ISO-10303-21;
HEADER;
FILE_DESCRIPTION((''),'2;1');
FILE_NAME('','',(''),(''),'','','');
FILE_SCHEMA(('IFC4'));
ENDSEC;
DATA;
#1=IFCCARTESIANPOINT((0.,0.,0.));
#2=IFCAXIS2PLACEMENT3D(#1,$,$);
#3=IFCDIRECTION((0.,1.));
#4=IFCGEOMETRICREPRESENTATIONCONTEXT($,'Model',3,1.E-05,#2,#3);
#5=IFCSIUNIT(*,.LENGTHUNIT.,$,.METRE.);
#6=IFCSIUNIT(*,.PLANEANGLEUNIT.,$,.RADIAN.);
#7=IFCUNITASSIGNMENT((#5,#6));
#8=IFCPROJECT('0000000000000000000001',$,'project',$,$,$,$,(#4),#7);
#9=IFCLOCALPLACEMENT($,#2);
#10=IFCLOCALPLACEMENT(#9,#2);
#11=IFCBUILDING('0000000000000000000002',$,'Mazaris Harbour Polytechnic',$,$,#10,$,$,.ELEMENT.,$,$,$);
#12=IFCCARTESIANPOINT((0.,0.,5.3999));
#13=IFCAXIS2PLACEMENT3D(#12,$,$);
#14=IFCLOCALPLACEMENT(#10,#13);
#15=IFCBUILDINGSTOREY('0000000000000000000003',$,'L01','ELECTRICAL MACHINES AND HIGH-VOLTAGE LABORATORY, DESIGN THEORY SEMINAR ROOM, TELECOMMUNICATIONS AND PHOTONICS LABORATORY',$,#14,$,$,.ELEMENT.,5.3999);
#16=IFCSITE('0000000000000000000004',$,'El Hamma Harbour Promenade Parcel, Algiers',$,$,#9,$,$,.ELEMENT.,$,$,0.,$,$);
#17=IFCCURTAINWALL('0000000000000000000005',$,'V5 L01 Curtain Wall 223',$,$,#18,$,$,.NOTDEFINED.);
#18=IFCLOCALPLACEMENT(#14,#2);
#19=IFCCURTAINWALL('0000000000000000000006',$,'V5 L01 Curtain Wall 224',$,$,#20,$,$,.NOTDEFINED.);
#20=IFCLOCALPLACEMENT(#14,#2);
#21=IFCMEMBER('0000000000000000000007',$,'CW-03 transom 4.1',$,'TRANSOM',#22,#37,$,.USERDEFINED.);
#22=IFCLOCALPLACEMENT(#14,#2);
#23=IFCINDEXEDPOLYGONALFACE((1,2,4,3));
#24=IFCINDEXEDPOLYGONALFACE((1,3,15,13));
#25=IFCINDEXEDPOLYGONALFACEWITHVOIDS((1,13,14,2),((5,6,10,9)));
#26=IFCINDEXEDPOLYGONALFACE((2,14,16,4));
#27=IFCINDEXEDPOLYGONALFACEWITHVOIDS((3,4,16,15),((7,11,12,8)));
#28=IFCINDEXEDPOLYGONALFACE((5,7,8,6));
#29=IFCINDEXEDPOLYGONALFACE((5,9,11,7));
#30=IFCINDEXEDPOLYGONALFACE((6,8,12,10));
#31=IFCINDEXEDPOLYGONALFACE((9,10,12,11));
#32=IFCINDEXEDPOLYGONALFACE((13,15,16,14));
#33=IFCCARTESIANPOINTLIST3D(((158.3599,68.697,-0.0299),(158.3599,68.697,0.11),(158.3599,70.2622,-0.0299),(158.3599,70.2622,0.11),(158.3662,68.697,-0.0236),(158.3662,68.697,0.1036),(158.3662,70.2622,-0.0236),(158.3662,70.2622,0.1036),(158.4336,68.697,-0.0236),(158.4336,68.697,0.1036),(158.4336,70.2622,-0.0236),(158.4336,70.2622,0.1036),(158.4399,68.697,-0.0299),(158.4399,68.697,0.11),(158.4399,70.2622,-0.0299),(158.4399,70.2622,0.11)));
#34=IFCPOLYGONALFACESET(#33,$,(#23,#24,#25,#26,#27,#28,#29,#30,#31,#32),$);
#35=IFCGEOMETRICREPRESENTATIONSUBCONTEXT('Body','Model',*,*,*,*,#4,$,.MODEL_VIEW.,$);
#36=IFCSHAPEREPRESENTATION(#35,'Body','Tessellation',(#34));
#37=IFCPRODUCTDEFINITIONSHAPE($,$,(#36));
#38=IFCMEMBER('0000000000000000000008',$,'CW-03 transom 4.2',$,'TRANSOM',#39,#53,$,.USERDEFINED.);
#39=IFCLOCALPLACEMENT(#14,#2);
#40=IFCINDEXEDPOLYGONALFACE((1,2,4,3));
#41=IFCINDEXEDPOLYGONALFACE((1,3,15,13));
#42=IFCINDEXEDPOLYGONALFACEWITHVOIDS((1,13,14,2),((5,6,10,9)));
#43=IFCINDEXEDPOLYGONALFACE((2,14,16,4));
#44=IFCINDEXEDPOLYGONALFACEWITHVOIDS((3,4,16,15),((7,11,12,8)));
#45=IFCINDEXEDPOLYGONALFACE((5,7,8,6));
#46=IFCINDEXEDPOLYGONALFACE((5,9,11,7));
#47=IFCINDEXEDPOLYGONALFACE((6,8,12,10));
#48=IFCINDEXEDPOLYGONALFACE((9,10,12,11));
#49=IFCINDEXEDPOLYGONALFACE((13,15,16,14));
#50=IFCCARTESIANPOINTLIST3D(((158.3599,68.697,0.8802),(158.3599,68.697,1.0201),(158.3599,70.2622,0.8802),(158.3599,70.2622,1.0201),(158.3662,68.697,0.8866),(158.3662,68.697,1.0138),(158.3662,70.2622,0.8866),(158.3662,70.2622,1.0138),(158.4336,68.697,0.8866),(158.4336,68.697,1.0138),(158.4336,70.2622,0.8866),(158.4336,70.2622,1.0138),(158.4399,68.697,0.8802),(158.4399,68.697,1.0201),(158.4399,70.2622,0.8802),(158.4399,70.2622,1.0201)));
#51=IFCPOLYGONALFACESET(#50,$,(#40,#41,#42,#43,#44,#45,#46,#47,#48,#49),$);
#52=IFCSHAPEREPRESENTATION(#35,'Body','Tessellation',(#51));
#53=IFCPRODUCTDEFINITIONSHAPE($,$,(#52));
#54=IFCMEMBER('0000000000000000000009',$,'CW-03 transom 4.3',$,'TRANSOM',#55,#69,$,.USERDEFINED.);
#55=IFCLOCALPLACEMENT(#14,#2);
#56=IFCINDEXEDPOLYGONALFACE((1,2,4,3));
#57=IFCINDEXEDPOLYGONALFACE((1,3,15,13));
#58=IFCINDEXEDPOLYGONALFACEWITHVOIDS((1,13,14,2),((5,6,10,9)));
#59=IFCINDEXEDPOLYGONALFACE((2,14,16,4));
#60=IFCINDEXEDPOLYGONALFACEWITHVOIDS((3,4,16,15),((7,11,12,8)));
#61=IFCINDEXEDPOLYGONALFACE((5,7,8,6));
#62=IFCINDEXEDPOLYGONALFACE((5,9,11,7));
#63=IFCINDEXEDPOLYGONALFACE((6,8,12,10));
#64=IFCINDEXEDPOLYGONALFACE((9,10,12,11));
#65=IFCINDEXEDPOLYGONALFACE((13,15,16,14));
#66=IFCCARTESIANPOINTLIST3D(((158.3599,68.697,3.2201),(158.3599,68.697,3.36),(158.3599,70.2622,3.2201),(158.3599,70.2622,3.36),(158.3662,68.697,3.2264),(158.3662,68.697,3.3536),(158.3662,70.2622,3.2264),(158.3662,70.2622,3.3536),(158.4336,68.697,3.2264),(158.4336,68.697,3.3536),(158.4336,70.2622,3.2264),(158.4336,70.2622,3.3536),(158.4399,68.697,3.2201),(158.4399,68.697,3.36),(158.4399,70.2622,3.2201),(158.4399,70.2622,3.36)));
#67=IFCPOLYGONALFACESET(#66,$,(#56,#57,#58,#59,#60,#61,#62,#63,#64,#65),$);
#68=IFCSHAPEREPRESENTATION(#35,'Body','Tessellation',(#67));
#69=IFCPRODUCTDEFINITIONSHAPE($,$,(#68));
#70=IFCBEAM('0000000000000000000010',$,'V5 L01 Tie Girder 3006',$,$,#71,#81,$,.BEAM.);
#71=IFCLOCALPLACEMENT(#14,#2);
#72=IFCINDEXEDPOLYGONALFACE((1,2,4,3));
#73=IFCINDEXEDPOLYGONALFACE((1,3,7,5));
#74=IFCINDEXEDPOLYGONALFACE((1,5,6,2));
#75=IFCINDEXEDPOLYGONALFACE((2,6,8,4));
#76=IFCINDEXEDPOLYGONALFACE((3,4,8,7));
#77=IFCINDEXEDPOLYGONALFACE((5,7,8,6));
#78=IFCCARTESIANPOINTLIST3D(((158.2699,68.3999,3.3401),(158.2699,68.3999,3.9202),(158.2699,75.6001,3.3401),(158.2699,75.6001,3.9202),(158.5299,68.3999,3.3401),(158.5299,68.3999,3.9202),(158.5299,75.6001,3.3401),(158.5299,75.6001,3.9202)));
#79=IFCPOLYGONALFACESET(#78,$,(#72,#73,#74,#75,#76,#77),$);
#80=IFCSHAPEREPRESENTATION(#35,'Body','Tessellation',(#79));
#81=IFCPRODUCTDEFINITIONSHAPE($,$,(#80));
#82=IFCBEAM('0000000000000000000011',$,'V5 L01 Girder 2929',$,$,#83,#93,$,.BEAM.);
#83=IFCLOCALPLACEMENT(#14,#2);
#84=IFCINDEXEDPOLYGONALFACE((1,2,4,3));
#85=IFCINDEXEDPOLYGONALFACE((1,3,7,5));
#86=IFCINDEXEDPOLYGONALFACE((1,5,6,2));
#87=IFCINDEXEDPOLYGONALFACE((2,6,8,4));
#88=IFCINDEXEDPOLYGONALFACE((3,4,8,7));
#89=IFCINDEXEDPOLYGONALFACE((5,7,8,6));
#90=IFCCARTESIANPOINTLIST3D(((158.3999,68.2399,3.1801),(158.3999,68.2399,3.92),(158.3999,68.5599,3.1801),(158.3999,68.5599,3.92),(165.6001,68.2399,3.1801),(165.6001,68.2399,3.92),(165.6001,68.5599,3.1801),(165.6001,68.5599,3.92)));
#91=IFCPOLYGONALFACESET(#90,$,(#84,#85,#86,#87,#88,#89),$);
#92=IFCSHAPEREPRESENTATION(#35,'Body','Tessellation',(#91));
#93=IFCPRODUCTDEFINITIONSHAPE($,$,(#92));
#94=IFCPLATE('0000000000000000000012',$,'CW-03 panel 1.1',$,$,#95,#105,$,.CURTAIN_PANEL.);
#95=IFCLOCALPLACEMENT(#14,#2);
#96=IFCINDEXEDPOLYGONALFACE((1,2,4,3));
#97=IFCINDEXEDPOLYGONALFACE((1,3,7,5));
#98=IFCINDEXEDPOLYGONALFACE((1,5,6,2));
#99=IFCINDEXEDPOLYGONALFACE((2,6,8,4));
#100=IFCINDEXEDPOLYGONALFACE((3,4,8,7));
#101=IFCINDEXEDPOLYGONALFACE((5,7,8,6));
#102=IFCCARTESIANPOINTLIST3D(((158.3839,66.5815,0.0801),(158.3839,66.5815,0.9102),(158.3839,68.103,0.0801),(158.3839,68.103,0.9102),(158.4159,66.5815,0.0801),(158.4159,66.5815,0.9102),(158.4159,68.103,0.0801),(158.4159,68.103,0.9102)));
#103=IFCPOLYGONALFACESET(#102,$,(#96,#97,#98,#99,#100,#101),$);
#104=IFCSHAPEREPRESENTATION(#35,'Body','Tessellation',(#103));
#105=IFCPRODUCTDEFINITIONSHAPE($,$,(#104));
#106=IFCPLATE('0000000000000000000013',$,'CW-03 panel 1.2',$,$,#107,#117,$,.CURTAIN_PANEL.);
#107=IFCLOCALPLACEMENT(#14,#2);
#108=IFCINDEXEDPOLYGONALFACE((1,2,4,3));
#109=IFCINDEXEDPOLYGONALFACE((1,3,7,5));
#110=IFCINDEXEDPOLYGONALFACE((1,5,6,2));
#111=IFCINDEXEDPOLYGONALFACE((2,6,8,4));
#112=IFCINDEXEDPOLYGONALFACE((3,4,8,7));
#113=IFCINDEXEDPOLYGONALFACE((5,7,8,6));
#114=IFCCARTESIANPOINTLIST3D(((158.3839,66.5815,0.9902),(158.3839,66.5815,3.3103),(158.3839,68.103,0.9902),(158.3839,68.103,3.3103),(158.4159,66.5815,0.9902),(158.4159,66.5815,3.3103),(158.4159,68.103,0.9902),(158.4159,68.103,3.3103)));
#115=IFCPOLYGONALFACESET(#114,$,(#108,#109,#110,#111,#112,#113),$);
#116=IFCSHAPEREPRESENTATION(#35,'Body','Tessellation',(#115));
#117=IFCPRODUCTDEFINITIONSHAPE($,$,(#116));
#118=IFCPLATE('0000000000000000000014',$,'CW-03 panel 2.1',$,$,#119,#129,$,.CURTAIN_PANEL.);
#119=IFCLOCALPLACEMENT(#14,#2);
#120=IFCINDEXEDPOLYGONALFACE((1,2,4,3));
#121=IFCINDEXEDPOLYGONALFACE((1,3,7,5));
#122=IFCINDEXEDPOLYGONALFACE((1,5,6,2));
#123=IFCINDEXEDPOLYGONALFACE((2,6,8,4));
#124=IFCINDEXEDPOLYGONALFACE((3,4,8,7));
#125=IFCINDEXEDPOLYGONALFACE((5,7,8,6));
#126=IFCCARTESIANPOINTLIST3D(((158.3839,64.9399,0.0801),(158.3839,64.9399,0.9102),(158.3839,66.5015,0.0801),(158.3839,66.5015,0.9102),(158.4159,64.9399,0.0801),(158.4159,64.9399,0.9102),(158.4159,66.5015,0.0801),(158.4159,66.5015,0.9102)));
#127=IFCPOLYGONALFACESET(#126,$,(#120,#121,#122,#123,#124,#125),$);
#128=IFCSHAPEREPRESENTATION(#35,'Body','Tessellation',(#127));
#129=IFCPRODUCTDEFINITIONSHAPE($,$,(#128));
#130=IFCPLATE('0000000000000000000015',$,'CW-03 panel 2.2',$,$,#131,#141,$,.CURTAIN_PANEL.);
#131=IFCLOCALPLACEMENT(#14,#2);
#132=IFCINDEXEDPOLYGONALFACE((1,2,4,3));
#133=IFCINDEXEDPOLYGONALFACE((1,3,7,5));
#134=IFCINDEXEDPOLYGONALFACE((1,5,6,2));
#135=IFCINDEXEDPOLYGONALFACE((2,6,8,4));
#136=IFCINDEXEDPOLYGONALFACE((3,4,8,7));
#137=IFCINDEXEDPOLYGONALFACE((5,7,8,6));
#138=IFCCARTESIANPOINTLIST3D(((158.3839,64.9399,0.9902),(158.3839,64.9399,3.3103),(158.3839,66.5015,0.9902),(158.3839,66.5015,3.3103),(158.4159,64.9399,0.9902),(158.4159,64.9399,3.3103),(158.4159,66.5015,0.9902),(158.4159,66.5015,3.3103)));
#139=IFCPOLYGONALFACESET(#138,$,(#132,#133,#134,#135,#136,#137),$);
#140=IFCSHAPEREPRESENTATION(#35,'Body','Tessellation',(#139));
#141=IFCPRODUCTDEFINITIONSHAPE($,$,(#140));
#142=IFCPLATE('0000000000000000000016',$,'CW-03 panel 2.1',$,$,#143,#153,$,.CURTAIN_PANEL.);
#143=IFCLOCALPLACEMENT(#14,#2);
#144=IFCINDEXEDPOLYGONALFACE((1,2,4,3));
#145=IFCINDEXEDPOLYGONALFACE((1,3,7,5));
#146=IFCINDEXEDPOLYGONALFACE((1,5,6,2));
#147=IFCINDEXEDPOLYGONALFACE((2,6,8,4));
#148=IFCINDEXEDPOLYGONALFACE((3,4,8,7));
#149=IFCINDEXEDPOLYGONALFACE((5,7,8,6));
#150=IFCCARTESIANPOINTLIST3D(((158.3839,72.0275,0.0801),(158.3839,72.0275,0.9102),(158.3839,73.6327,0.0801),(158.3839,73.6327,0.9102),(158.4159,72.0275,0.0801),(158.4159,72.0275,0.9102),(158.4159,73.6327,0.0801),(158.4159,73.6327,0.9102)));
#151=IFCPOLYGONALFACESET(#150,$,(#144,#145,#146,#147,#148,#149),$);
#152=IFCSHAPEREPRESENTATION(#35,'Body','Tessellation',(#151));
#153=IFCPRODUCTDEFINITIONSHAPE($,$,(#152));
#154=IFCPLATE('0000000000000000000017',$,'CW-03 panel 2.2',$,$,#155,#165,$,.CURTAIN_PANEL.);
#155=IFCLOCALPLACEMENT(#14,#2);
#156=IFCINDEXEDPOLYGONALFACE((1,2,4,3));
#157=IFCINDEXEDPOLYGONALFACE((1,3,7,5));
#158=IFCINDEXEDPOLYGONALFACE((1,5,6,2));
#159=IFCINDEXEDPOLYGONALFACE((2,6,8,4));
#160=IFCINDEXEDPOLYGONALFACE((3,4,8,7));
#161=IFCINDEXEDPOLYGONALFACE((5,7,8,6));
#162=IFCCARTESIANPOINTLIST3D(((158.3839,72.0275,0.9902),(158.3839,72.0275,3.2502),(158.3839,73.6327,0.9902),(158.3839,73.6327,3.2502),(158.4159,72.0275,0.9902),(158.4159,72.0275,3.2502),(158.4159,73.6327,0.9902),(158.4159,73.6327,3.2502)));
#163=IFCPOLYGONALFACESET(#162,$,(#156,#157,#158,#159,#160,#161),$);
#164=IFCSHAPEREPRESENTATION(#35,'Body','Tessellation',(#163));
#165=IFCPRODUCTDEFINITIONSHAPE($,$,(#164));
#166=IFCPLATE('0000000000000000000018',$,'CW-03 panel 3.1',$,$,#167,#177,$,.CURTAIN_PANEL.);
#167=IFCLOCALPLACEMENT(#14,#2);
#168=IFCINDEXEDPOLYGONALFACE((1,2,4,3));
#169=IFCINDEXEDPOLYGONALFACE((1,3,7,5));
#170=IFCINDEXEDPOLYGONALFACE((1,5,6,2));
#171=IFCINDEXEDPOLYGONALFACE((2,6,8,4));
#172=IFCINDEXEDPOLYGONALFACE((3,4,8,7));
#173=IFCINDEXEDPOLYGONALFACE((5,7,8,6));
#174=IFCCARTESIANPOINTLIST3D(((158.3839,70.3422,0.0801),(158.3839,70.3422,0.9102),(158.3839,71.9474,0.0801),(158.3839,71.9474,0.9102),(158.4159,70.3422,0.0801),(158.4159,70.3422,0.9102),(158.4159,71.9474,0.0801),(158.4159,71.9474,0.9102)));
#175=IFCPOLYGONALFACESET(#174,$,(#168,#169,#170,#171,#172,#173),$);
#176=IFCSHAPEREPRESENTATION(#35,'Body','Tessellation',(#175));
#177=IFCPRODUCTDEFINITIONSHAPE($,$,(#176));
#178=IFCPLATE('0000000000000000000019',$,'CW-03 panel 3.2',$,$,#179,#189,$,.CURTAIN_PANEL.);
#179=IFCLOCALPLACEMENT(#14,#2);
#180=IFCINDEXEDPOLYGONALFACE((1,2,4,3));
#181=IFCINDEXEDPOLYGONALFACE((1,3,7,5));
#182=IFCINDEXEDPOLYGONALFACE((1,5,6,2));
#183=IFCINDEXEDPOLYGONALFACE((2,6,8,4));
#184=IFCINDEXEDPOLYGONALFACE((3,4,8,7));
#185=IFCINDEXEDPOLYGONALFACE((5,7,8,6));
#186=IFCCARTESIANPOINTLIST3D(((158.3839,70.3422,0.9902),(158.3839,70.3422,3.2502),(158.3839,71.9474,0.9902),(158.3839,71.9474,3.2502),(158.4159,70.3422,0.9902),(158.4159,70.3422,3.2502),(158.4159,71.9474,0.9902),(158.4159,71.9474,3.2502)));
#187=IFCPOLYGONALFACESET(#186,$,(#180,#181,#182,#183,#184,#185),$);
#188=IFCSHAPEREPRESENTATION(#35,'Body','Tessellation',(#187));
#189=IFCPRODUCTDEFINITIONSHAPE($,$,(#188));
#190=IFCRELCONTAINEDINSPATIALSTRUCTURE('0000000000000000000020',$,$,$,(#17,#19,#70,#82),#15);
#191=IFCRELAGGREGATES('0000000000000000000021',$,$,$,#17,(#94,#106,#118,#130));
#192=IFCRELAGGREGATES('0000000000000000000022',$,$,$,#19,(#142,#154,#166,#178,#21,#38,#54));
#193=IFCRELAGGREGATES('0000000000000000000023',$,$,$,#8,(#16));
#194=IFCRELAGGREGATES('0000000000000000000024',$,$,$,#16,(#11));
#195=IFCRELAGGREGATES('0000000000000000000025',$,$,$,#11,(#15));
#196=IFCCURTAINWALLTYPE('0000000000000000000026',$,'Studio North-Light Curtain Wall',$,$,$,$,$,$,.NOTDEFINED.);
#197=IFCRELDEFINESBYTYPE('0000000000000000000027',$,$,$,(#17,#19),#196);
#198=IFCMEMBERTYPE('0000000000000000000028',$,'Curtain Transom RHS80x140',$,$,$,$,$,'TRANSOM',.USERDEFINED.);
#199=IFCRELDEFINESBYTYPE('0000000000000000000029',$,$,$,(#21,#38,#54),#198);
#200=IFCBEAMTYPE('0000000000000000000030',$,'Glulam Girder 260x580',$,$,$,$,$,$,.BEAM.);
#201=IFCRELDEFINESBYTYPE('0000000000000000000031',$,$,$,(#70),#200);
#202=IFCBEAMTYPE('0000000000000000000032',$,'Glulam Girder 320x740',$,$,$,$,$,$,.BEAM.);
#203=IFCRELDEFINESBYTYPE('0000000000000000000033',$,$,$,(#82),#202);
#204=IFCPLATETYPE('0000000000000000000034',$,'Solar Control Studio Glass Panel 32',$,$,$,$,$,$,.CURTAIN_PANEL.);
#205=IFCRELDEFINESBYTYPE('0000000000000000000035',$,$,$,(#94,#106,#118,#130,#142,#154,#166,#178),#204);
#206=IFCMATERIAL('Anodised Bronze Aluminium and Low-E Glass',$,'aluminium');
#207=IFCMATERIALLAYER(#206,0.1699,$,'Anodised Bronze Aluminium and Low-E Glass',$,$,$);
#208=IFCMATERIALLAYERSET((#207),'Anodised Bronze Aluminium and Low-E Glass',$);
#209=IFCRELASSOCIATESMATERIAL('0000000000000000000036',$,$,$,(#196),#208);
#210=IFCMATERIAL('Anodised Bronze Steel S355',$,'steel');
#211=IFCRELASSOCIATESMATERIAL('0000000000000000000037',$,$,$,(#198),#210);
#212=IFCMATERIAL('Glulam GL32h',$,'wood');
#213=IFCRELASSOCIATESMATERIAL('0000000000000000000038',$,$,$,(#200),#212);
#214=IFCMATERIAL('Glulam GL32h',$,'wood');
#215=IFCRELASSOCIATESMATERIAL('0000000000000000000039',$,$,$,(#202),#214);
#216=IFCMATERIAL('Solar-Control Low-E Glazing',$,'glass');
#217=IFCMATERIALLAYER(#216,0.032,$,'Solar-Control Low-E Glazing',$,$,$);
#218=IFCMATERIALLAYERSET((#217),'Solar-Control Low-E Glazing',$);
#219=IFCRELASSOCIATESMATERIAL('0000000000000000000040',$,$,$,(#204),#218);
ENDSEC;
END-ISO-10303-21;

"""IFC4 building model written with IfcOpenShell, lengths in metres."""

from ifc_helpers import new_model, si_unit, direction, frame, origin, origin_2d, place, context, subcontext, project, spatial, rectangle, hollow_rectangle, extrude, material, layer, layer_set, material_profile, profile_set, type_object, element, aggregate, save


model = new_model("IFC4")

# Units and contexts
model_context = context("Model", 3, precision=1e-05, world=origin(), true_north=direction((0.0, 1.0)))
body_context = subcontext(model_context, "Body", "Model", "MODEL_VIEW")
ifc_project = project(units=[si_unit("LENGTHUNIT", "METRE"), si_unit("PLANEANGLEUNIT", "RADIAN")], contexts=[model_context])

# Site, building, storey
site_placement = place(None, origin())
site = spatial("IfcSite", under=ifc_project, at=site_placement, Name="El Hamma Harbour Promenade Parcel, Algiers", CompositionType="ELEMENT", RefElevation=0.0)
building_placement = place(site_placement, origin())
building = spatial("IfcBuilding", under=site, at=building_placement, Name="Mazaris Harbour Polytechnic", CompositionType="ELEMENT")
storey_placement = place(building_placement, frame((0.0, 0.0, 5.3999)))
storey = spatial("IfcBuildingStorey", under=building, at=storey_placement, Name="L01", Description="ELECTRICAL MACHINES AND HIGH-VOLTAGE LABORATORY, DESIGN THEORY SEMINAR ROOM, TELECOMMUNICATIONS AND PHOTONICS LABORATORY", CompositionType="ELEMENT", Elevation=5.3999)

# Curtain walls
ifc_material_1 = material(Name="Anodised Bronze Aluminium and Low-E Glass", Category="aluminium")
ifc_layer_1 = layer(ifc_material_1, 0.1699, Name="Anodised Bronze Aluminium and Low-E Glass")
ifc_layer_set_1 = layer_set([ifc_layer_1], Name="Anodised Bronze Aluminium and Low-E Glass")
curtain_wall_type = type_object("IfcCurtainWallType", Name="Studio North-Light Curtain Wall", PredefinedType="NOTDEFINED", material=ifc_layer_set_1)
curtain_wall_1_placement = place(storey_placement, origin())
curtain_wall_1 = element("IfcCurtainWall", 1, at=curtain_wall_1_placement, inside=storey, type_object=curtain_wall_type, Name="V5 L01 Curtain Wall 223", PredefinedType="NOTDEFINED")
curtain_wall_2_placement = place(storey_placement, origin())
curtain_wall_2 = element("IfcCurtainWall", 2, at=curtain_wall_2_placement, inside=storey, type_object=curtain_wall_type, Name="V5 L01 Curtain Wall 224", PredefinedType="NOTDEFINED")

# Members
ifc_material_2 = material(Name="Anodised Bronze Steel S355", Category="steel")
ifc_material_profile_1 = material_profile(ifc_material_2, hollow_rectangle(XDim=0.0801, YDim=0.1399, WallThickness=0.0063, at=origin_2d()), Name="RHS 80x140x6.3")
ifc_profile_set_1 = profile_set([ifc_material_profile_1], Name="Anodised Bronze Steel S355")
member_type_1 = type_object("IfcMemberType", Name="Curtain Transom RHS80x140", ElementType="TRANSOM", PredefinedType="USERDEFINED", material=ifc_profile_set_1)
member_1_placement = place(storey_placement, frame((158.3999, 70.2622, 0.04), z_axis=(0.0, -1.0, 0.0), x_axis=(1.0, 0.0, 0.0)))
member_1 = element("IfcMember", 3, at=member_1_placement, type_object=member_type_1, Name="CW-03 transom 4.1", ObjectType="TRANSOM", PredefinedType="USERDEFINED", context=body_context, shape_type="SweptSolid", body=[
    extrude(hollow_rectangle(XDim=0.0801, YDim=0.1399, WallThickness=0.0063, at=origin_2d()), origin(), (0.0, 0.0, 1.0), 1.5652),
])
member_2_placement = place(storey_placement, frame((158.3999, 70.2622, 0.9502), z_axis=(0.0, -1.0, 0.0), x_axis=(1.0, 0.0, 0.0)))
member_2 = element("IfcMember", 4, at=member_2_placement, type_object=member_type_1, Name="CW-03 transom 4.2", ObjectType="TRANSOM", PredefinedType="USERDEFINED", context=body_context, shape_type="SweptSolid", body=[
    extrude(hollow_rectangle(XDim=0.0801, YDim=0.1399, WallThickness=0.0063, at=origin_2d()), origin(), (0.0, 0.0, 1.0), 1.5652),
])
member_3_placement = place(storey_placement, frame((158.3999, 70.2622, 3.29), z_axis=(0.0, -1.0, 0.0), x_axis=(1.0, 0.0, 0.0)))
member_3 = element("IfcMember", 5, at=member_3_placement, type_object=member_type_1, Name="CW-03 transom 4.3", ObjectType="TRANSOM", PredefinedType="USERDEFINED", context=body_context, shape_type="SweptSolid", body=[
    extrude(hollow_rectangle(XDim=0.0801, YDim=0.1399, WallThickness=0.0063, at=origin_2d()), origin(), (0.0, 0.0, 1.0), 1.5652),
])

# Beams
ifc_material_3 = material(Name="Glulam GL32h", Category="wood")
ifc_material_profile_2 = material_profile(ifc_material_3, rectangle(XDim=0.26, YDim=0.5801, at=origin_2d()), Name="RECT260x580")
ifc_profile_set_2 = profile_set([ifc_material_profile_2], Name="Glulam GL32h")
beam_type_1 = type_object("IfcBeamType", Name="Glulam Girder 260x580", PredefinedType="BEAM", material=ifc_profile_set_2)
beam_1_placement = place(storey_placement, frame((158.3999, 68.3999, 3.6301), z_axis=(0.0, 1.0, 0.0), x_axis=(-1.0, 0.0, 0.0)))
element("IfcBeam", 6, at=beam_1_placement, inside=storey, type_object=beam_type_1, Name="V5 L01 Tie Girder 3006", PredefinedType="BEAM", context=body_context, shape_type="SweptSolid", body=[
    extrude(rectangle(XDim=0.26, YDim=0.5801, at=origin_2d()), origin(), (0.0, 0.0, 1.0), 7.2002),
])
ifc_material_4 = material(Name="Glulam GL32h", Category="wood")
ifc_material_profile_3 = material_profile(ifc_material_4, rectangle(XDim=0.3201, YDim=0.74, at=origin_2d()), Name="RECT320x740")
ifc_profile_set_3 = profile_set([ifc_material_profile_3], Name="Glulam GL32h")
beam_type_2 = type_object("IfcBeamType", Name="Glulam Girder 320x740", PredefinedType="BEAM", material=ifc_profile_set_3)
beam_2_placement = place(storey_placement, frame((158.3999, 68.3999, 3.55), z_axis=(1.0, 0.0, 0.0), x_axis=(0.0, 1.0, 0.0)))
element("IfcBeam", 7, at=beam_2_placement, inside=storey, type_object=beam_type_2, Name="V5 L01 Girder 2929", PredefinedType="BEAM", context=body_context, shape_type="SweptSolid", body=[
    extrude(rectangle(XDim=0.3201, YDim=0.74, at=origin_2d()), origin(), (0.0, 0.0, 1.0), 7.2002),
])

# Plates
ifc_material_5 = material(Name="Solar-Control Low-E Glazing", Category="glass")
ifc_layer_2 = layer(ifc_material_5, 0.032, Name="Solar-Control Low-E Glazing")
ifc_layer_set_2 = layer_set([ifc_layer_2], Name="Solar-Control Low-E Glazing")
plate_type = type_object("IfcPlateType", Name="Solar Control Studio Glass Panel 32", PredefinedType="CURTAIN_PANEL", material=ifc_layer_set_2)
plate_1_placement = place(storey_placement, frame((158.3999, 67.3423, 0.0801), z_axis=(0.0, 0.0, 1.0), x_axis=(0.0, -1.0, 0.0)))
plate_1 = element("IfcPlate", 8, at=plate_1_placement, type_object=plate_type, Name="CW-03 panel 1.1", PredefinedType="CURTAIN_PANEL", context=body_context, shape_type="SweptSolid", body=[
    extrude(rectangle(XDim=1.5215, YDim=0.032, at=origin_2d()), origin(), (0.0, 0.0, 1.0), 0.8301),
])
plate_2_placement = place(storey_placement, frame((158.3999, 67.3423, 0.9902), z_axis=(0.0, 0.0, 1.0), x_axis=(0.0, -1.0, 0.0)))
plate_2 = element("IfcPlate", 9, at=plate_2_placement, type_object=plate_type, Name="CW-03 panel 1.2", PredefinedType="CURTAIN_PANEL", context=body_context, shape_type="SweptSolid", body=[
    extrude(rectangle(XDim=1.5215, YDim=0.032, at=origin_2d()), origin(), (0.0, 0.0, 1.0), 2.3201),
])
plate_3_placement = place(storey_placement, frame((158.3999, 65.7207, 0.0801), z_axis=(0.0, 0.0, 1.0), x_axis=(0.0, -1.0, 0.0)))
plate_3 = element("IfcPlate", 10, at=plate_3_placement, type_object=plate_type, Name="CW-03 panel 2.1", PredefinedType="CURTAIN_PANEL", context=body_context, shape_type="SweptSolid", body=[
    extrude(rectangle(XDim=1.5615, YDim=0.032, at=origin_2d()), origin(), (0.0, 0.0, 1.0), 0.8301),
])
plate_4_placement = place(storey_placement, frame((158.3999, 65.7207, 0.9902), z_axis=(0.0, 0.0, 1.0), x_axis=(0.0, -1.0, 0.0)))
plate_4 = element("IfcPlate", 11, at=plate_4_placement, type_object=plate_type, Name="CW-03 panel 2.2", PredefinedType="CURTAIN_PANEL", context=body_context, shape_type="SweptSolid", body=[
    extrude(rectangle(XDim=1.5615, YDim=0.032, at=origin_2d()), origin(), (0.0, 0.0, 1.0), 2.3201),
])
aggregate(curtain_wall_1, [plate_1, plate_2, plate_3, plate_4])
plate_5_placement = place(storey_placement, frame((158.3999, 72.8301, 0.0801), z_axis=(0.0, 0.0, 1.0), x_axis=(0.0, -1.0, 0.0)))
plate_5 = element("IfcPlate", 12, at=plate_5_placement, type_object=plate_type, Name="CW-03 panel 2.1", PredefinedType="CURTAIN_PANEL", context=body_context, shape_type="SweptSolid", body=[
    extrude(rectangle(XDim=1.6052, YDim=0.032, at=origin_2d()), origin(), (0.0, 0.0, 1.0), 0.8301),
])
plate_6_placement = place(storey_placement, frame((158.3999, 72.8301, 0.9902), z_axis=(0.0, 0.0, 1.0), x_axis=(0.0, -1.0, 0.0)))
plate_6 = element("IfcPlate", 13, at=plate_6_placement, type_object=plate_type, Name="CW-03 panel 2.2", PredefinedType="CURTAIN_PANEL", context=body_context, shape_type="SweptSolid", body=[
    extrude(rectangle(XDim=1.6052, YDim=0.032, at=origin_2d()), origin(), (0.0, 0.0, 1.0), 2.26),
])
plate_7_placement = place(storey_placement, frame((158.3999, 71.1448, 0.0801), z_axis=(0.0, 0.0, 1.0), x_axis=(0.0, -1.0, 0.0)))
plate_7 = element("IfcPlate", 14, at=plate_7_placement, type_object=plate_type, Name="CW-03 panel 3.1", PredefinedType="CURTAIN_PANEL", context=body_context, shape_type="SweptSolid", body=[
    extrude(rectangle(XDim=1.6052, YDim=0.032, at=origin_2d()), origin(), (0.0, 0.0, 1.0), 0.8301),
])
plate_8_placement = place(storey_placement, frame((158.3999, 71.1448, 0.9902), z_axis=(0.0, 0.0, 1.0), x_axis=(0.0, -1.0, 0.0)))
plate_8 = element("IfcPlate", 15, at=plate_8_placement, type_object=plate_type, Name="CW-03 panel 3.2", PredefinedType="CURTAIN_PANEL", context=body_context, shape_type="SweptSolid", body=[
    extrude(rectangle(XDim=1.6052, YDim=0.032, at=origin_2d()), origin(), (0.0, 0.0, 1.0), 2.26),
])
aggregate(curtain_wall_2, [plate_5, plate_6, plate_7, plate_8, member_1, member_2, member_3])

save(model, "model.ifc")
